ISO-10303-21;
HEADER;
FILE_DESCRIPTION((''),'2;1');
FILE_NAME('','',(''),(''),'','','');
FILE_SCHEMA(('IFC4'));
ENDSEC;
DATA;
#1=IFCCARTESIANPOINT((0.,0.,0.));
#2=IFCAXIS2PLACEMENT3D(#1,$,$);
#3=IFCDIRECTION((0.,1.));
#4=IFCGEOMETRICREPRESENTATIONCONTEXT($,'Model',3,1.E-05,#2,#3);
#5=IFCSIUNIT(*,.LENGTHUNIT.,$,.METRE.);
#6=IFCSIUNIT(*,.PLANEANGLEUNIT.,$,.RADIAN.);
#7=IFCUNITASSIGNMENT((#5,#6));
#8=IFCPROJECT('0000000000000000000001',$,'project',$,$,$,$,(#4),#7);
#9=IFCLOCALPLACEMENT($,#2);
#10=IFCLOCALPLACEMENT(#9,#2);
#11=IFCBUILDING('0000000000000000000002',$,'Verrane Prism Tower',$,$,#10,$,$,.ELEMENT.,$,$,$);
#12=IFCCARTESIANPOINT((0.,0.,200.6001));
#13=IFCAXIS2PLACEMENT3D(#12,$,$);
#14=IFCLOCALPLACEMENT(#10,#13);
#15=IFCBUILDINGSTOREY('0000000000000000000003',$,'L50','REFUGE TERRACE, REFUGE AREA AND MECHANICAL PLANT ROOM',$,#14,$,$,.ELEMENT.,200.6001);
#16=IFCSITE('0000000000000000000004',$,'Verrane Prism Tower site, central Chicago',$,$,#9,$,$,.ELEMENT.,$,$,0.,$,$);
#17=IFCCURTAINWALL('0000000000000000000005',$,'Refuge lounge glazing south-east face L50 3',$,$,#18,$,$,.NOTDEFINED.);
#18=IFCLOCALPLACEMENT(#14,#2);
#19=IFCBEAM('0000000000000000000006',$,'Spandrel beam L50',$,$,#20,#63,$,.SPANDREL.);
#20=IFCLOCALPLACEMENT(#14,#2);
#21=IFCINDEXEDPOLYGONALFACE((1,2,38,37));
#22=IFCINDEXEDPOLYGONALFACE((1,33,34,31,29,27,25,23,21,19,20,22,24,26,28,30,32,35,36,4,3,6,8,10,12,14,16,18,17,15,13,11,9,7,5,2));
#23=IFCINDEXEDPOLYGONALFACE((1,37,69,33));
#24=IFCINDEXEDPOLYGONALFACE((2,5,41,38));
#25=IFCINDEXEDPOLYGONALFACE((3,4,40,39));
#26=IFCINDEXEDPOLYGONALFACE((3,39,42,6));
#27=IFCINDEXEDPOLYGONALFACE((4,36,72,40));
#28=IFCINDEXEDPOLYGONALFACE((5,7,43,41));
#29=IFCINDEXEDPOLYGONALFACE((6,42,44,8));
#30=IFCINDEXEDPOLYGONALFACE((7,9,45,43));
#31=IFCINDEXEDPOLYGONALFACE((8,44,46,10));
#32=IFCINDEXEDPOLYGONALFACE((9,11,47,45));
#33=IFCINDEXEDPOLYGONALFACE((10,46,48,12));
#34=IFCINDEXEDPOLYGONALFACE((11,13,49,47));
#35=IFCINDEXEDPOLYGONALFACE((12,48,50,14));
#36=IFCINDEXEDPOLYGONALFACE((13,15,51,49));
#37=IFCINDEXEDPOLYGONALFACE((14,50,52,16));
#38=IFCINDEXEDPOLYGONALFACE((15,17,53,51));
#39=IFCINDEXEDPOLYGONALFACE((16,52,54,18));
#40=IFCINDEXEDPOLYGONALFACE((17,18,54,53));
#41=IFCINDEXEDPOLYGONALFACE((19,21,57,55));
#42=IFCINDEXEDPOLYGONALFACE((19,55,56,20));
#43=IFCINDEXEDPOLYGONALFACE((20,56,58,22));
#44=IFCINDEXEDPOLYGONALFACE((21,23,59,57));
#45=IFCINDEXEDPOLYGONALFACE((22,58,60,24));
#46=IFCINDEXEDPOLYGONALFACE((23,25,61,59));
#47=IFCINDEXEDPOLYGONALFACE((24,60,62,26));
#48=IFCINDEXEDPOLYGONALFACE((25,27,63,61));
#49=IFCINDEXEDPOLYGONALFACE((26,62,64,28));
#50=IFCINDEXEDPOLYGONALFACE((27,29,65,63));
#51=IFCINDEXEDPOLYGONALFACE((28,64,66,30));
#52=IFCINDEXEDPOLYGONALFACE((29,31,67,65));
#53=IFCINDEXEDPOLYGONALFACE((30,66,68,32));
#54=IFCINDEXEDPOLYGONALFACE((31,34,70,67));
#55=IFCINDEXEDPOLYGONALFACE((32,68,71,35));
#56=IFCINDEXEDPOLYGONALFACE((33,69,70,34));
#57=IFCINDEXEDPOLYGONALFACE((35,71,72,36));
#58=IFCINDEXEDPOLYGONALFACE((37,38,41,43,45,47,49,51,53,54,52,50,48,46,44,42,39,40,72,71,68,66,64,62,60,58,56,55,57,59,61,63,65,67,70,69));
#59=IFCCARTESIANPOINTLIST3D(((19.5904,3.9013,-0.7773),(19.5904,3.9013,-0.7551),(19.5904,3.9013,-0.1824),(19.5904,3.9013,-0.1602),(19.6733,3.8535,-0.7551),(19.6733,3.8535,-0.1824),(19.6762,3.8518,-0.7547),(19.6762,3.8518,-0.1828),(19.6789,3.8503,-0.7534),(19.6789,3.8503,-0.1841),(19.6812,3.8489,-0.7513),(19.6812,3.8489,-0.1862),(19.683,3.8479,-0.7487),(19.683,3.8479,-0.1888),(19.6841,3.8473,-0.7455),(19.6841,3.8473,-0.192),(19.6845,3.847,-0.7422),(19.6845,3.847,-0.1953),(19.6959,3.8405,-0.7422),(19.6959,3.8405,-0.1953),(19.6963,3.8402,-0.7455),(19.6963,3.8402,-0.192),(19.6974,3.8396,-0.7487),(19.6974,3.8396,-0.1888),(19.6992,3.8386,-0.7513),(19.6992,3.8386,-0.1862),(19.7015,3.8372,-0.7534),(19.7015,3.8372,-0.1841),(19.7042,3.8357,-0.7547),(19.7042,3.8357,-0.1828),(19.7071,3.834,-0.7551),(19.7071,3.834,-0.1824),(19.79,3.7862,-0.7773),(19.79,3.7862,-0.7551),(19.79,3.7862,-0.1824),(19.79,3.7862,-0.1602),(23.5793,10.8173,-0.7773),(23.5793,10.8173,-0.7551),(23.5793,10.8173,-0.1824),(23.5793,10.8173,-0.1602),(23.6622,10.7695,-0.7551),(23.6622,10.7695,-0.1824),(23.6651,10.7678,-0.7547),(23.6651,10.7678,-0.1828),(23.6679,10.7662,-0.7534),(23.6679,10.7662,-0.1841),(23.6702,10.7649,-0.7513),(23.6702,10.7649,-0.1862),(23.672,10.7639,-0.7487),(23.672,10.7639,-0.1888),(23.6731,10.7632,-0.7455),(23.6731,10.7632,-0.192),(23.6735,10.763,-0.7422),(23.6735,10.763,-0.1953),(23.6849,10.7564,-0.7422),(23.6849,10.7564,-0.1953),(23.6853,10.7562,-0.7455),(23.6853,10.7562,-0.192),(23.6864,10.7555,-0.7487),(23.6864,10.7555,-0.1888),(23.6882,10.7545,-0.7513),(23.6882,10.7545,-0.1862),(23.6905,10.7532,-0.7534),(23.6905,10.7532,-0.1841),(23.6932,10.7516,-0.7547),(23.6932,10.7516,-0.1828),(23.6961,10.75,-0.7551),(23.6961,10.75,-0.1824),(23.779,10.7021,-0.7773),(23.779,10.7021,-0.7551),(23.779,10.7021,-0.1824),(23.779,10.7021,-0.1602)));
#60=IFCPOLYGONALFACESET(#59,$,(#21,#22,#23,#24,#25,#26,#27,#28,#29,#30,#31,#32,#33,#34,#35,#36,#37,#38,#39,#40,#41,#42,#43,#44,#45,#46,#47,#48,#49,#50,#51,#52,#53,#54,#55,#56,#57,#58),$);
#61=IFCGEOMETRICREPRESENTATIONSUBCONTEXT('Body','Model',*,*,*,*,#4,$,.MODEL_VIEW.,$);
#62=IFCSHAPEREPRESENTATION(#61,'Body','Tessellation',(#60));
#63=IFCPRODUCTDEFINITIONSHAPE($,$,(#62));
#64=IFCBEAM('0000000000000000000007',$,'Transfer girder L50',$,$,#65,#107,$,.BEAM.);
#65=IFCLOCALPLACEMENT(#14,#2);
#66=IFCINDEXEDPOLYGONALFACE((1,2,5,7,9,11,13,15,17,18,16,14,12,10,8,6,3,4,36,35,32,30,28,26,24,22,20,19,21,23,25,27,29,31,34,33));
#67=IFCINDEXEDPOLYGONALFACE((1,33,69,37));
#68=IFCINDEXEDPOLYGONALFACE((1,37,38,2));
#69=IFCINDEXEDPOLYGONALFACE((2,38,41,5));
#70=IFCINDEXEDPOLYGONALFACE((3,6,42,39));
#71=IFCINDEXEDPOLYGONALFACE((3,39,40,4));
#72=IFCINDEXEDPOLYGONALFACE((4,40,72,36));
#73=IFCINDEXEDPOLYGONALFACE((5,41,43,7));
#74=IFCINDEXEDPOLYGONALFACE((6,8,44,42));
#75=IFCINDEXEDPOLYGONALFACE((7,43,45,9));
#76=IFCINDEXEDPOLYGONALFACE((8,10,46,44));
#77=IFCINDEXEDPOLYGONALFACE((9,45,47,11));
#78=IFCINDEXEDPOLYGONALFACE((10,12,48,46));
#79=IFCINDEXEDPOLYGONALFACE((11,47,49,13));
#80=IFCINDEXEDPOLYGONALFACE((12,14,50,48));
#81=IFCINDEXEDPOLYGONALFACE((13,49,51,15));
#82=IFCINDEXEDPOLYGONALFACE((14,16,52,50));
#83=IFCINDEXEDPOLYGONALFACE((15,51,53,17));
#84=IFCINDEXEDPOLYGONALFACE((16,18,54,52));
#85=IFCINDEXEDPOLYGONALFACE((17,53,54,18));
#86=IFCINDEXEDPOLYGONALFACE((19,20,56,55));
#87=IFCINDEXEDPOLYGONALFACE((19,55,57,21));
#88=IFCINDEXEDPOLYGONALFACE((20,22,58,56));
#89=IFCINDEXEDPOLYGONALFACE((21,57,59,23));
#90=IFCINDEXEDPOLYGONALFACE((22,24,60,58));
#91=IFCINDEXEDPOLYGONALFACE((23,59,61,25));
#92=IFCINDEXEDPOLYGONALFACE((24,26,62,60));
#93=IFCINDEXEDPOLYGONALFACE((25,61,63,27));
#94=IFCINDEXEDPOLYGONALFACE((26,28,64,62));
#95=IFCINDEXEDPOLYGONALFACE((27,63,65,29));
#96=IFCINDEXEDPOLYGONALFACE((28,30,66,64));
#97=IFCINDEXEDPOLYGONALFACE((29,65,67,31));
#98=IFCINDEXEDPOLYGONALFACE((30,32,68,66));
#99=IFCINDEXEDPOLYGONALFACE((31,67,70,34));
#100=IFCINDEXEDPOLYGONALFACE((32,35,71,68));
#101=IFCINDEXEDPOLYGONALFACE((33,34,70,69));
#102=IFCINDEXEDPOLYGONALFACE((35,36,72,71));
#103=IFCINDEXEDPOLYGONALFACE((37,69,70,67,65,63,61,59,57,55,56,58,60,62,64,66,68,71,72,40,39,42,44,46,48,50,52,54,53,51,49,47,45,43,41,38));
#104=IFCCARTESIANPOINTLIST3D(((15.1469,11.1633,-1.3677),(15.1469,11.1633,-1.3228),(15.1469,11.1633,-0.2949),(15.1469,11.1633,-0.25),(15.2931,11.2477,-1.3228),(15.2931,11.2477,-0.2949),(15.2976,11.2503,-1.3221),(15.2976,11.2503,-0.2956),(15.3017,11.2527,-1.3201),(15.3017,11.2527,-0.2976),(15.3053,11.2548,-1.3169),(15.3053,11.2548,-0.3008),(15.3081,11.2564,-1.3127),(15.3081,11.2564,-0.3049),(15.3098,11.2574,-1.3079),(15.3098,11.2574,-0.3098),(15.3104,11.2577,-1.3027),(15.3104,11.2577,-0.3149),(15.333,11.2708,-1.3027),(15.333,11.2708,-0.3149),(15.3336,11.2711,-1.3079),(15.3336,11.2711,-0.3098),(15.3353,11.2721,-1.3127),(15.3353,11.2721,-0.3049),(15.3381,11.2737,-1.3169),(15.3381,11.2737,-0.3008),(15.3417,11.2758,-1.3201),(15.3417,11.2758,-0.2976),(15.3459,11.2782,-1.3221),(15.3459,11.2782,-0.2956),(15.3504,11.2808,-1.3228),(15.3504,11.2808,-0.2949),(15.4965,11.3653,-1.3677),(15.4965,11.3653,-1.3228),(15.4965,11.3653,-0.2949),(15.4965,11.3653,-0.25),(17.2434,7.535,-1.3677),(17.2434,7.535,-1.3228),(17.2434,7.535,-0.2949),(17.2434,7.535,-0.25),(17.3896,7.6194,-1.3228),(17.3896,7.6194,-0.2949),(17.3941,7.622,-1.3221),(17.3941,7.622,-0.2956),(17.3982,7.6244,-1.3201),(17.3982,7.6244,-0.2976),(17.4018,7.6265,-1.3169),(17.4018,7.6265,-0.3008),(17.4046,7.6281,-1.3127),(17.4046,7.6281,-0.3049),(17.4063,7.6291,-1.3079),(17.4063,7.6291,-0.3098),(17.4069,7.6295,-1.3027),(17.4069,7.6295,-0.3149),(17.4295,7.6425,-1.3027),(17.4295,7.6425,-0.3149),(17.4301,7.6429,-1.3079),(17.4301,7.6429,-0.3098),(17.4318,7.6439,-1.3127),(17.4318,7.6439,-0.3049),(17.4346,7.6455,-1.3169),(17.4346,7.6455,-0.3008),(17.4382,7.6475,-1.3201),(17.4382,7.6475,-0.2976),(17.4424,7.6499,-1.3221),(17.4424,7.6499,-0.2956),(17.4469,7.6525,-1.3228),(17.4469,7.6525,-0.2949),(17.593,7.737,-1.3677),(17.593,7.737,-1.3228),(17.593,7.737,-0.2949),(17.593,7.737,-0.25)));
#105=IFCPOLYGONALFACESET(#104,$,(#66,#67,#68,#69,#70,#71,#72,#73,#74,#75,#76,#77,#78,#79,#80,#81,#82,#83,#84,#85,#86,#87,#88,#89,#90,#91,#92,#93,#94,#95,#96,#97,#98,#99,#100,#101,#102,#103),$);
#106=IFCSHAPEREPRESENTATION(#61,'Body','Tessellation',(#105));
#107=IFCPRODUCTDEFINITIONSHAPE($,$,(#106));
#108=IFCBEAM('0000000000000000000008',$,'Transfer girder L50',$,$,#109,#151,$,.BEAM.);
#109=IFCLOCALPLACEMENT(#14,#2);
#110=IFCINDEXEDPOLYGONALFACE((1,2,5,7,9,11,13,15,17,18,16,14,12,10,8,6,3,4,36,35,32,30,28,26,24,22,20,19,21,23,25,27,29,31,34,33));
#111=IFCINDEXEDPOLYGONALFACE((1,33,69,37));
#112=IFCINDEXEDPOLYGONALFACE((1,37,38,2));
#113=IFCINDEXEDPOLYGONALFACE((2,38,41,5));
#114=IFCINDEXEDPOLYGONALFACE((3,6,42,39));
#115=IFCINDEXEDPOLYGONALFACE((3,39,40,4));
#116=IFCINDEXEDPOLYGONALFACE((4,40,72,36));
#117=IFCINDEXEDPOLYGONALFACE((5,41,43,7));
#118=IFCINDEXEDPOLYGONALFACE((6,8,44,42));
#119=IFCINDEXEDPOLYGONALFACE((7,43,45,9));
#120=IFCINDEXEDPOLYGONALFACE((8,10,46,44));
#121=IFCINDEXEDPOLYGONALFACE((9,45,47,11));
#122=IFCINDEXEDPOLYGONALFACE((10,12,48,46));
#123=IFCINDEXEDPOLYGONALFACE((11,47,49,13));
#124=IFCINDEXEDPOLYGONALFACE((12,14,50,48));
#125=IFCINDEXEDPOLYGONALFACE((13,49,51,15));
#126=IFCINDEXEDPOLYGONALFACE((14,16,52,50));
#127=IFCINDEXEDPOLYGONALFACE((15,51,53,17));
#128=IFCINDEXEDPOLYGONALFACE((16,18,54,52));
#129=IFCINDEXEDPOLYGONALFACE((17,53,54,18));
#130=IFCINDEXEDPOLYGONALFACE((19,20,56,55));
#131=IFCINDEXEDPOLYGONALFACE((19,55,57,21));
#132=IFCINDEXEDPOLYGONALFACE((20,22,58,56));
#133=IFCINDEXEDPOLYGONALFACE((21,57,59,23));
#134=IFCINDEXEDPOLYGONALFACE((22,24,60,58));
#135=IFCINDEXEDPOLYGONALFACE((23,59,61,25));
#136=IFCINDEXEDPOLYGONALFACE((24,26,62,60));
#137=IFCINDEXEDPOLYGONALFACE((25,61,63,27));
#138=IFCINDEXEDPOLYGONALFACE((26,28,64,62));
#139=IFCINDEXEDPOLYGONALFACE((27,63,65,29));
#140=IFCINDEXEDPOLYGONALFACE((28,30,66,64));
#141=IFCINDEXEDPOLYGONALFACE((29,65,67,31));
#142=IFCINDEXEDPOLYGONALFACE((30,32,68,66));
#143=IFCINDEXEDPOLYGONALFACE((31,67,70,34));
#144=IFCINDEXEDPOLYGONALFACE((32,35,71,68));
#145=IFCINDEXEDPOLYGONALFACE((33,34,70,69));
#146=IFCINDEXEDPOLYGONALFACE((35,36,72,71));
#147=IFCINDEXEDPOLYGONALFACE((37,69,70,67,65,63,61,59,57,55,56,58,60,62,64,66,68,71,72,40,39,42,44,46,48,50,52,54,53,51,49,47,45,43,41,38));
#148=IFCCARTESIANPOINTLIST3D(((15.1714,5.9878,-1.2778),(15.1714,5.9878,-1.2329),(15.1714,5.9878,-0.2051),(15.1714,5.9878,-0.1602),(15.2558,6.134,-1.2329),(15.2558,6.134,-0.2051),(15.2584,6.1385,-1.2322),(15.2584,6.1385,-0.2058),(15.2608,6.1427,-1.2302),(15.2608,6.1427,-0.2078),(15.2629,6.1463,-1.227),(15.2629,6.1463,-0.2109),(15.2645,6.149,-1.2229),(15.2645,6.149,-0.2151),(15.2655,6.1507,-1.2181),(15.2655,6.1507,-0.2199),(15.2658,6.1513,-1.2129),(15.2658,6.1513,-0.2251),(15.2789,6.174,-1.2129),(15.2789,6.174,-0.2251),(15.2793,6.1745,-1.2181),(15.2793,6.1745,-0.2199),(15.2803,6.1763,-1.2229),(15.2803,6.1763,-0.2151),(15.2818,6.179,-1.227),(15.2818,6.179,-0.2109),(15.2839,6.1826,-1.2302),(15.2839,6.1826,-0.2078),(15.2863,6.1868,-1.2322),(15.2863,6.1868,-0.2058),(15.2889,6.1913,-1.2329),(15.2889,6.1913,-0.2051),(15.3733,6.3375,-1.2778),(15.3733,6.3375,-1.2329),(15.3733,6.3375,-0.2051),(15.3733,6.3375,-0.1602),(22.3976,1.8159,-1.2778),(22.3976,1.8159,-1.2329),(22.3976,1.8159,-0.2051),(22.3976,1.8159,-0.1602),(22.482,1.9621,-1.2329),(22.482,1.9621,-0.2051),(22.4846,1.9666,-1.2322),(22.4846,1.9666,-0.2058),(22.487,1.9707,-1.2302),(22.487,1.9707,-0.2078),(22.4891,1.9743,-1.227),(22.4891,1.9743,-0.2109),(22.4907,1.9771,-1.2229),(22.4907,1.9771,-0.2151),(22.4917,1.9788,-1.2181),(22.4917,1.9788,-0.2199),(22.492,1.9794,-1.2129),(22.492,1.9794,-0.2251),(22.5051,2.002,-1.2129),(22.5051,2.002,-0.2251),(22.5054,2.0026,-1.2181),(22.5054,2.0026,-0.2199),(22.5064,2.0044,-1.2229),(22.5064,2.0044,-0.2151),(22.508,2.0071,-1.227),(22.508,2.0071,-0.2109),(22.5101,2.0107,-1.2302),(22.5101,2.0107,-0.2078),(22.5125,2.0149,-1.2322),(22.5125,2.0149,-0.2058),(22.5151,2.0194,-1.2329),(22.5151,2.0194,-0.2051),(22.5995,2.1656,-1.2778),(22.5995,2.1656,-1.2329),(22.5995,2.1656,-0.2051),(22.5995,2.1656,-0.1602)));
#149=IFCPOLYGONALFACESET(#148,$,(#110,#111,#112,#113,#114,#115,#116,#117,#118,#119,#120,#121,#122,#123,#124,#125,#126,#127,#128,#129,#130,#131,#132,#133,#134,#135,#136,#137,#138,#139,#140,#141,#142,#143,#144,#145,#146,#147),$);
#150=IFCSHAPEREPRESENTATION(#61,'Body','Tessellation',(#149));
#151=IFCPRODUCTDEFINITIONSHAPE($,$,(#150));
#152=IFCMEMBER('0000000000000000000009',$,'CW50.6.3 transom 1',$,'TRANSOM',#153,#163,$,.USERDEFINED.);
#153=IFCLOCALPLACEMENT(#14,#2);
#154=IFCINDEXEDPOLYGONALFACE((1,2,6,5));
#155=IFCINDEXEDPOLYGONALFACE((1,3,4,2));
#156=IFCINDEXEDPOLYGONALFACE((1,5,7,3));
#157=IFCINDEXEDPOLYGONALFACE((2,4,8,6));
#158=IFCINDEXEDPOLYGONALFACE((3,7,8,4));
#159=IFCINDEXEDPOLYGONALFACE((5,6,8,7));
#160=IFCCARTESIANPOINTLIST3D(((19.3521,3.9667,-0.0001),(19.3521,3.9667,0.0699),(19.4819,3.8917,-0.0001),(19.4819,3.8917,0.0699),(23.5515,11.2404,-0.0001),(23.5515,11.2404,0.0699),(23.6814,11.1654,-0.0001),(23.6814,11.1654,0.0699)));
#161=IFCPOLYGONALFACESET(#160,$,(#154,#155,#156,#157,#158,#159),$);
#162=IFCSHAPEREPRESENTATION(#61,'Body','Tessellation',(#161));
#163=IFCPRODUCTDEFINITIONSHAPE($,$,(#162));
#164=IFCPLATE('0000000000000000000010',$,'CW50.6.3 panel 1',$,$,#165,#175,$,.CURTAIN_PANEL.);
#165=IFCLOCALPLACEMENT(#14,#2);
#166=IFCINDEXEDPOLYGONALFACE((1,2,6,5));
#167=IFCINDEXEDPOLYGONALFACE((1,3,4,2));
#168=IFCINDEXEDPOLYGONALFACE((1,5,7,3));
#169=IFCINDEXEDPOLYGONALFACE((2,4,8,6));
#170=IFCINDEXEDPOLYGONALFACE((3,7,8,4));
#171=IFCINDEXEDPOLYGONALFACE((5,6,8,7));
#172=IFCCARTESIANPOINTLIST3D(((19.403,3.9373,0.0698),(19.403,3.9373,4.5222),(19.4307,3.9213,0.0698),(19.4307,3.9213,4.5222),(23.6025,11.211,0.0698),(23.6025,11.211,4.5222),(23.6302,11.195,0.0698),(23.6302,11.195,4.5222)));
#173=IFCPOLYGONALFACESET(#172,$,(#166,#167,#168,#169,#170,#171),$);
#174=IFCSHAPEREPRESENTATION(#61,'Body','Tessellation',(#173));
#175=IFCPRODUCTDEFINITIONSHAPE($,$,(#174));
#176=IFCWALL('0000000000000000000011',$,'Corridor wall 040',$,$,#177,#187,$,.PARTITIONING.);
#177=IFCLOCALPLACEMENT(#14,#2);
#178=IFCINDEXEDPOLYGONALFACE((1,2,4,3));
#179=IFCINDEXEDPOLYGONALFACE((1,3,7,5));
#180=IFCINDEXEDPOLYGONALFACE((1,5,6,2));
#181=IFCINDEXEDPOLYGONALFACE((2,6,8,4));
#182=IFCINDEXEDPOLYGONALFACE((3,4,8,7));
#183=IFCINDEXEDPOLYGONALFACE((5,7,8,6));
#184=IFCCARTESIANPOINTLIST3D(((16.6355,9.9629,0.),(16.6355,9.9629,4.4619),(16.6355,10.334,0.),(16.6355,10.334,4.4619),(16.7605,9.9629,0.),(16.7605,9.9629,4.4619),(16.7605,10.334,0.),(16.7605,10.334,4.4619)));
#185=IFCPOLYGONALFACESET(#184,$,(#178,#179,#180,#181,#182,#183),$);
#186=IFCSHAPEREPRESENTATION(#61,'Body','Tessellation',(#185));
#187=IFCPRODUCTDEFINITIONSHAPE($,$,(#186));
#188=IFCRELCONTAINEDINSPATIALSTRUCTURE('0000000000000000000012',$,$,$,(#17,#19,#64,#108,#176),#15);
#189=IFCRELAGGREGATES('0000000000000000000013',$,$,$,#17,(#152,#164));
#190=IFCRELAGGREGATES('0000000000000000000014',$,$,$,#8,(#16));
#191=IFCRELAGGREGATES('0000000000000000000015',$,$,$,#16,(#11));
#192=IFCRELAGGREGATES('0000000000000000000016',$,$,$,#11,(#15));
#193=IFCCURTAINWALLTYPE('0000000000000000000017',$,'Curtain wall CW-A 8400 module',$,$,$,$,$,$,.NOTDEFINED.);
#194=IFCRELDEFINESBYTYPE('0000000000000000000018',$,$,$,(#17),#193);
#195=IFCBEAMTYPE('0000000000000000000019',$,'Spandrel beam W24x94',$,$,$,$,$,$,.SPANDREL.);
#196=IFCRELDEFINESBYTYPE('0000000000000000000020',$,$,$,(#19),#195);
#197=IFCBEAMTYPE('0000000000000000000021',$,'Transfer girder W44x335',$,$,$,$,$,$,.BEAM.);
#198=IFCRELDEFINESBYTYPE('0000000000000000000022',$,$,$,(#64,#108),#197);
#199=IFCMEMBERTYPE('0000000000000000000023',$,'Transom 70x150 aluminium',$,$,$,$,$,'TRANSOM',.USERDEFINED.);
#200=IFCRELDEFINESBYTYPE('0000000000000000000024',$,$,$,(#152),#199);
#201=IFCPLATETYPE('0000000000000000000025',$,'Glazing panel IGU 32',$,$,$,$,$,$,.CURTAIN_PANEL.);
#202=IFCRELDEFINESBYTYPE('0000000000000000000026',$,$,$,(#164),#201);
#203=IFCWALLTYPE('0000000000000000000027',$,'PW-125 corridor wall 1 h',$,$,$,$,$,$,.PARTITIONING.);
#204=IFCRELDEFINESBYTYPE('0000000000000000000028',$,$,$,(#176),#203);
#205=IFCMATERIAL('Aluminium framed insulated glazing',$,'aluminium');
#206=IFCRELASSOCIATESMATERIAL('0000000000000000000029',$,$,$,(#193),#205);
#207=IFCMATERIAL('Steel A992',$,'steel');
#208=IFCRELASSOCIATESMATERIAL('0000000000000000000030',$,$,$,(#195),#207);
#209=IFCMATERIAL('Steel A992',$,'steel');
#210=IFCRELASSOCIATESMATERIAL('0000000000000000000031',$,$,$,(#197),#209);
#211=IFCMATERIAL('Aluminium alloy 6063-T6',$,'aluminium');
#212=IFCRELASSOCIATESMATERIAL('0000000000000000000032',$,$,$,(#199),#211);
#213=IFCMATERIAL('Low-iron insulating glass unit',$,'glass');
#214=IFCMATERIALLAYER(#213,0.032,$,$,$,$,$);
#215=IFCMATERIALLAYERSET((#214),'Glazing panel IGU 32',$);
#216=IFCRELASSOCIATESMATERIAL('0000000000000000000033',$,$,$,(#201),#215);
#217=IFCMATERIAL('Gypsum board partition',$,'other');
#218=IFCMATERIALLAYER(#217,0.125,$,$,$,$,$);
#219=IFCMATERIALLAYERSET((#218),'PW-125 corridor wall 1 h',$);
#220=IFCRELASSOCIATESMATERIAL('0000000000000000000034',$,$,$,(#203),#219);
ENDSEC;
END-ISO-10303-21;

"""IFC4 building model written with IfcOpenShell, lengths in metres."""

from ifc_helpers import new_model, si_unit, direction, frame, frame_2d, origin, origin_2d, place, context, subcontext, project, spatial, rectangle, i_section, extrude, material, layer, layer_set, material_profile, profile_set, type_object, element, aggregate, save


model = new_model("IFC4")

# Units and contexts
model_context = context("Model", 3, precision=1e-05, world=origin(), true_north=direction((0.0, 1.0)))
body_context = subcontext(model_context, "Body", "Model", "MODEL_VIEW")
ifc_project = project(units=[si_unit("LENGTHUNIT", "METRE"), si_unit("PLANEANGLEUNIT", "RADIAN")], contexts=[model_context])

# Site, building, storey
site_placement = place(None, origin())
site = spatial("IfcSite", under=ifc_project, at=site_placement, Name="Verrane Prism Tower site, central Chicago", CompositionType="ELEMENT", RefElevation=0.0)
building_placement = place(site_placement, origin())
building = spatial("IfcBuilding", under=site, at=building_placement, Name="Verrane Prism Tower", CompositionType="ELEMENT")
storey_placement = place(building_placement, frame((0.0, 0.0, 200.6001)))
storey = spatial("IfcBuildingStorey", under=building, at=storey_placement, Name="L50", Description="REFUGE TERRACE, REFUGE AREA AND MECHANICAL PLANT ROOM", CompositionType="ELEMENT", Elevation=200.6001)

# Curtain wall
ifc_material_1 = material(Name="Aluminium framed insulated glazing", Category="aluminium")
curtain_wall_type = type_object("IfcCurtainWallType", Name="Curtain wall CW-A 8400 module", PredefinedType="NOTDEFINED", material=ifc_material_1)
curtain_wall_placement = place(storey_placement, origin())
curtain_wall = element("IfcCurtainWall", 1, at=curtain_wall_placement, inside=storey, type_object=curtain_wall_type, Name="Refuge lounge glazing south-east face L50 3", PredefinedType="NOTDEFINED")

# Beams
ifc_material_2 = material(Name="Steel A992", Category="steel")
ifc_material_profile_1 = material_profile(ifc_material_2, i_section(OverallWidth=0.2305, OverallDepth=0.6172, WebThickness=0.0132, FlangeThickness=0.0222, FilletRadius=0.0129, at=origin_2d()), Name="W24x94")
ifc_profile_set_1 = profile_set([ifc_material_profile_1], Name="Steel A992")
beam_type_1 = type_object("IfcBeamType", Name="Spandrel beam W24x94", PredefinedType="SPANDREL", material=ifc_profile_set_1)
beam_1_placement = place(storey_placement, frame((19.6902, 3.8438, -0.4688), z_axis=(0.499629, 0.86624, 0.0), x_axis=(-0.86624, 0.499629, 0.0)))
element("IfcBeam", 2, at=beam_1_placement, inside=storey, type_object=beam_type_1, Name="Spandrel beam L50", PredefinedType="SPANDREL", context=body_context, shape_type="SweptSolid", body=[
    extrude(i_section(OverallWidth=0.2305, OverallDepth=0.6172, WebThickness=0.0132, FlangeThickness=0.0222, FilletRadius=0.0129, at=origin_2d()), origin(), (0.0, 0.0, 1.0), 7.9839),
])
ifc_material_3 = material(Name="Steel A992", Category="steel")
ifc_material_profile_2 = material_profile(ifc_material_3, i_section(OverallWidth=0.4038, OverallDepth=1.1177, WebThickness=0.0261, FlangeThickness=0.0449, FilletRadius=0.02, at=origin_2d()), Name="W44x335")
ifc_profile_set_2 = profile_set([ifc_material_profile_2], Name="Steel A992")
beam_type_2 = type_object("IfcBeamType", Name="Transfer girder W44x335", PredefinedType="BEAM", material=ifc_profile_set_2)
beam_2_placement = place(storey_placement, frame((17.4182, 7.636, -0.8088), z_axis=(-0.500306, 0.865849, 0.0), x_axis=(-0.865849, -0.500306, 0.0)))
element("IfcBeam", 3, at=beam_2_placement, inside=storey, type_object=beam_type_2, Name="Transfer girder L50", PredefinedType="BEAM", context=body_context, shape_type="SweptSolid", body=[
    extrude(i_section(OverallWidth=0.4038, OverallDepth=1.1177, WebThickness=0.0261, FlangeThickness=0.0449, FilletRadius=0.02, at=origin_2d()), origin(), (0.0, 0.0, 1.0), 4.1904),
])
beam_3_placement = place(storey_placement, frame((22.4985, 1.9907, -0.719), z_axis=(-0.866031, 0.499991, 0.0), x_axis=(-0.499991, -0.866031, 0.0)))
element("IfcBeam", 4, at=beam_3_placement, inside=storey, type_object=beam_type_2, Name="Transfer girder L50", PredefinedType="BEAM", context=body_context, shape_type="SweptSolid", body=[
    extrude(i_section(OverallWidth=0.4038, OverallDepth=1.1177, WebThickness=0.0261, FlangeThickness=0.0449, FilletRadius=0.02, at=origin_2d()), origin(), (0.0, 0.0, 1.0), 8.344),
])

# Member
ifc_material_4 = material(Name="Aluminium alloy 6063-T6", Category="aluminium")
ifc_material_profile_3 = material_profile(ifc_material_4, rectangle(XDim=0.1499, YDim=0.0701, at=origin_2d()), Name="Transom 70x150 aluminium")
ifc_profile_set_3 = profile_set([ifc_material_profile_3], Name="Aluminium alloy 6063-T6")
member_type_1 = type_object("IfcMemberType", Name="Transom 70x150 aluminium", ElementType="TRANSOM", PredefinedType="USERDEFINED", material=ifc_profile_set_3)
member_1_placement = place(storey_placement, frame((19.417, 3.9292, 0.0349), z_axis=(0.5, 0.866025, 0.0), x_axis=(-0.866025, 0.5, 0.0)))
member_1 = element("IfcMember", 5, at=member_1_placement, type_object=member_type_1, Name="CW50.6.3 transom 1", ObjectType="TRANSOM", PredefinedType="USERDEFINED", context=body_context, shape_type="SweptSolid", body=[
    extrude(rectangle(XDim=0.1499, YDim=0.0701, at=origin_2d()), origin(), (0.0, 0.0, 1.0), 8.3989),
])

# Plate
ifc_material_5 = material(Name="Low-iron insulating glass unit", Category="glass")
ifc_layer_1 = layer(ifc_material_5, 0.032)
ifc_layer_set_1 = layer_set([ifc_layer_1], Name="Glazing panel IGU 32")
plate_type = type_object("IfcPlateType", Name="Glazing panel IGU 32", PredefinedType="CURTAIN_PANEL", material=ifc_layer_set_1)
plate_placement = place(storey_placement, frame((21.5166, 7.5662, 0.0698), z_axis=(0.0, 0.0, 1.0), x_axis=(0.499996, 0.866028, 0.0)))
plate = element("IfcPlate", 6, at=plate_placement, type_object=plate_type, Name="CW50.6.3 panel 1", PredefinedType="CURTAIN_PANEL", context=body_context, shape_type="SweptSolid", body=[
    extrude(rectangle(XDim=8.3989, YDim=0.032, at=origin_2d()), origin(), (0.0, 0.0, 1.0), 4.4524),
])
aggregate(curtain_wall, [member_1, plate])

# Wall
ifc_material_6 = material(Name="Gypsum board partition", Category="other")
ifc_layer_2 = layer(ifc_material_6, 0.125)
ifc_layer_set_2 = layer_set([ifc_layer_2], Name="PW-125 corridor wall 1 h")
wall_type = type_object("IfcWallType", Name="PW-125 corridor wall 1 h", PredefinedType="PARTITIONING", material=ifc_layer_set_2)
wall_1_placement = place(storey_placement, frame((16.698, 9.9629, 0.0), z_axis=(0.0, 0.0, 1.0), x_axis=(0.0, 1.0, 0.0)))
element("IfcWall", 7, at=wall_1_placement, inside=storey, type_object=wall_type, Name="Corridor wall 040", PredefinedType="PARTITIONING", context=body_context, shape_type="SweptSolid", body=[
    extrude(rectangle(XDim=0.3711, YDim=0.125, at=frame_2d((0.1855, 0.0))), origin(), (0.0, 0.0, 1.0), 4.4619),
])

save(model, "model.ifc")
